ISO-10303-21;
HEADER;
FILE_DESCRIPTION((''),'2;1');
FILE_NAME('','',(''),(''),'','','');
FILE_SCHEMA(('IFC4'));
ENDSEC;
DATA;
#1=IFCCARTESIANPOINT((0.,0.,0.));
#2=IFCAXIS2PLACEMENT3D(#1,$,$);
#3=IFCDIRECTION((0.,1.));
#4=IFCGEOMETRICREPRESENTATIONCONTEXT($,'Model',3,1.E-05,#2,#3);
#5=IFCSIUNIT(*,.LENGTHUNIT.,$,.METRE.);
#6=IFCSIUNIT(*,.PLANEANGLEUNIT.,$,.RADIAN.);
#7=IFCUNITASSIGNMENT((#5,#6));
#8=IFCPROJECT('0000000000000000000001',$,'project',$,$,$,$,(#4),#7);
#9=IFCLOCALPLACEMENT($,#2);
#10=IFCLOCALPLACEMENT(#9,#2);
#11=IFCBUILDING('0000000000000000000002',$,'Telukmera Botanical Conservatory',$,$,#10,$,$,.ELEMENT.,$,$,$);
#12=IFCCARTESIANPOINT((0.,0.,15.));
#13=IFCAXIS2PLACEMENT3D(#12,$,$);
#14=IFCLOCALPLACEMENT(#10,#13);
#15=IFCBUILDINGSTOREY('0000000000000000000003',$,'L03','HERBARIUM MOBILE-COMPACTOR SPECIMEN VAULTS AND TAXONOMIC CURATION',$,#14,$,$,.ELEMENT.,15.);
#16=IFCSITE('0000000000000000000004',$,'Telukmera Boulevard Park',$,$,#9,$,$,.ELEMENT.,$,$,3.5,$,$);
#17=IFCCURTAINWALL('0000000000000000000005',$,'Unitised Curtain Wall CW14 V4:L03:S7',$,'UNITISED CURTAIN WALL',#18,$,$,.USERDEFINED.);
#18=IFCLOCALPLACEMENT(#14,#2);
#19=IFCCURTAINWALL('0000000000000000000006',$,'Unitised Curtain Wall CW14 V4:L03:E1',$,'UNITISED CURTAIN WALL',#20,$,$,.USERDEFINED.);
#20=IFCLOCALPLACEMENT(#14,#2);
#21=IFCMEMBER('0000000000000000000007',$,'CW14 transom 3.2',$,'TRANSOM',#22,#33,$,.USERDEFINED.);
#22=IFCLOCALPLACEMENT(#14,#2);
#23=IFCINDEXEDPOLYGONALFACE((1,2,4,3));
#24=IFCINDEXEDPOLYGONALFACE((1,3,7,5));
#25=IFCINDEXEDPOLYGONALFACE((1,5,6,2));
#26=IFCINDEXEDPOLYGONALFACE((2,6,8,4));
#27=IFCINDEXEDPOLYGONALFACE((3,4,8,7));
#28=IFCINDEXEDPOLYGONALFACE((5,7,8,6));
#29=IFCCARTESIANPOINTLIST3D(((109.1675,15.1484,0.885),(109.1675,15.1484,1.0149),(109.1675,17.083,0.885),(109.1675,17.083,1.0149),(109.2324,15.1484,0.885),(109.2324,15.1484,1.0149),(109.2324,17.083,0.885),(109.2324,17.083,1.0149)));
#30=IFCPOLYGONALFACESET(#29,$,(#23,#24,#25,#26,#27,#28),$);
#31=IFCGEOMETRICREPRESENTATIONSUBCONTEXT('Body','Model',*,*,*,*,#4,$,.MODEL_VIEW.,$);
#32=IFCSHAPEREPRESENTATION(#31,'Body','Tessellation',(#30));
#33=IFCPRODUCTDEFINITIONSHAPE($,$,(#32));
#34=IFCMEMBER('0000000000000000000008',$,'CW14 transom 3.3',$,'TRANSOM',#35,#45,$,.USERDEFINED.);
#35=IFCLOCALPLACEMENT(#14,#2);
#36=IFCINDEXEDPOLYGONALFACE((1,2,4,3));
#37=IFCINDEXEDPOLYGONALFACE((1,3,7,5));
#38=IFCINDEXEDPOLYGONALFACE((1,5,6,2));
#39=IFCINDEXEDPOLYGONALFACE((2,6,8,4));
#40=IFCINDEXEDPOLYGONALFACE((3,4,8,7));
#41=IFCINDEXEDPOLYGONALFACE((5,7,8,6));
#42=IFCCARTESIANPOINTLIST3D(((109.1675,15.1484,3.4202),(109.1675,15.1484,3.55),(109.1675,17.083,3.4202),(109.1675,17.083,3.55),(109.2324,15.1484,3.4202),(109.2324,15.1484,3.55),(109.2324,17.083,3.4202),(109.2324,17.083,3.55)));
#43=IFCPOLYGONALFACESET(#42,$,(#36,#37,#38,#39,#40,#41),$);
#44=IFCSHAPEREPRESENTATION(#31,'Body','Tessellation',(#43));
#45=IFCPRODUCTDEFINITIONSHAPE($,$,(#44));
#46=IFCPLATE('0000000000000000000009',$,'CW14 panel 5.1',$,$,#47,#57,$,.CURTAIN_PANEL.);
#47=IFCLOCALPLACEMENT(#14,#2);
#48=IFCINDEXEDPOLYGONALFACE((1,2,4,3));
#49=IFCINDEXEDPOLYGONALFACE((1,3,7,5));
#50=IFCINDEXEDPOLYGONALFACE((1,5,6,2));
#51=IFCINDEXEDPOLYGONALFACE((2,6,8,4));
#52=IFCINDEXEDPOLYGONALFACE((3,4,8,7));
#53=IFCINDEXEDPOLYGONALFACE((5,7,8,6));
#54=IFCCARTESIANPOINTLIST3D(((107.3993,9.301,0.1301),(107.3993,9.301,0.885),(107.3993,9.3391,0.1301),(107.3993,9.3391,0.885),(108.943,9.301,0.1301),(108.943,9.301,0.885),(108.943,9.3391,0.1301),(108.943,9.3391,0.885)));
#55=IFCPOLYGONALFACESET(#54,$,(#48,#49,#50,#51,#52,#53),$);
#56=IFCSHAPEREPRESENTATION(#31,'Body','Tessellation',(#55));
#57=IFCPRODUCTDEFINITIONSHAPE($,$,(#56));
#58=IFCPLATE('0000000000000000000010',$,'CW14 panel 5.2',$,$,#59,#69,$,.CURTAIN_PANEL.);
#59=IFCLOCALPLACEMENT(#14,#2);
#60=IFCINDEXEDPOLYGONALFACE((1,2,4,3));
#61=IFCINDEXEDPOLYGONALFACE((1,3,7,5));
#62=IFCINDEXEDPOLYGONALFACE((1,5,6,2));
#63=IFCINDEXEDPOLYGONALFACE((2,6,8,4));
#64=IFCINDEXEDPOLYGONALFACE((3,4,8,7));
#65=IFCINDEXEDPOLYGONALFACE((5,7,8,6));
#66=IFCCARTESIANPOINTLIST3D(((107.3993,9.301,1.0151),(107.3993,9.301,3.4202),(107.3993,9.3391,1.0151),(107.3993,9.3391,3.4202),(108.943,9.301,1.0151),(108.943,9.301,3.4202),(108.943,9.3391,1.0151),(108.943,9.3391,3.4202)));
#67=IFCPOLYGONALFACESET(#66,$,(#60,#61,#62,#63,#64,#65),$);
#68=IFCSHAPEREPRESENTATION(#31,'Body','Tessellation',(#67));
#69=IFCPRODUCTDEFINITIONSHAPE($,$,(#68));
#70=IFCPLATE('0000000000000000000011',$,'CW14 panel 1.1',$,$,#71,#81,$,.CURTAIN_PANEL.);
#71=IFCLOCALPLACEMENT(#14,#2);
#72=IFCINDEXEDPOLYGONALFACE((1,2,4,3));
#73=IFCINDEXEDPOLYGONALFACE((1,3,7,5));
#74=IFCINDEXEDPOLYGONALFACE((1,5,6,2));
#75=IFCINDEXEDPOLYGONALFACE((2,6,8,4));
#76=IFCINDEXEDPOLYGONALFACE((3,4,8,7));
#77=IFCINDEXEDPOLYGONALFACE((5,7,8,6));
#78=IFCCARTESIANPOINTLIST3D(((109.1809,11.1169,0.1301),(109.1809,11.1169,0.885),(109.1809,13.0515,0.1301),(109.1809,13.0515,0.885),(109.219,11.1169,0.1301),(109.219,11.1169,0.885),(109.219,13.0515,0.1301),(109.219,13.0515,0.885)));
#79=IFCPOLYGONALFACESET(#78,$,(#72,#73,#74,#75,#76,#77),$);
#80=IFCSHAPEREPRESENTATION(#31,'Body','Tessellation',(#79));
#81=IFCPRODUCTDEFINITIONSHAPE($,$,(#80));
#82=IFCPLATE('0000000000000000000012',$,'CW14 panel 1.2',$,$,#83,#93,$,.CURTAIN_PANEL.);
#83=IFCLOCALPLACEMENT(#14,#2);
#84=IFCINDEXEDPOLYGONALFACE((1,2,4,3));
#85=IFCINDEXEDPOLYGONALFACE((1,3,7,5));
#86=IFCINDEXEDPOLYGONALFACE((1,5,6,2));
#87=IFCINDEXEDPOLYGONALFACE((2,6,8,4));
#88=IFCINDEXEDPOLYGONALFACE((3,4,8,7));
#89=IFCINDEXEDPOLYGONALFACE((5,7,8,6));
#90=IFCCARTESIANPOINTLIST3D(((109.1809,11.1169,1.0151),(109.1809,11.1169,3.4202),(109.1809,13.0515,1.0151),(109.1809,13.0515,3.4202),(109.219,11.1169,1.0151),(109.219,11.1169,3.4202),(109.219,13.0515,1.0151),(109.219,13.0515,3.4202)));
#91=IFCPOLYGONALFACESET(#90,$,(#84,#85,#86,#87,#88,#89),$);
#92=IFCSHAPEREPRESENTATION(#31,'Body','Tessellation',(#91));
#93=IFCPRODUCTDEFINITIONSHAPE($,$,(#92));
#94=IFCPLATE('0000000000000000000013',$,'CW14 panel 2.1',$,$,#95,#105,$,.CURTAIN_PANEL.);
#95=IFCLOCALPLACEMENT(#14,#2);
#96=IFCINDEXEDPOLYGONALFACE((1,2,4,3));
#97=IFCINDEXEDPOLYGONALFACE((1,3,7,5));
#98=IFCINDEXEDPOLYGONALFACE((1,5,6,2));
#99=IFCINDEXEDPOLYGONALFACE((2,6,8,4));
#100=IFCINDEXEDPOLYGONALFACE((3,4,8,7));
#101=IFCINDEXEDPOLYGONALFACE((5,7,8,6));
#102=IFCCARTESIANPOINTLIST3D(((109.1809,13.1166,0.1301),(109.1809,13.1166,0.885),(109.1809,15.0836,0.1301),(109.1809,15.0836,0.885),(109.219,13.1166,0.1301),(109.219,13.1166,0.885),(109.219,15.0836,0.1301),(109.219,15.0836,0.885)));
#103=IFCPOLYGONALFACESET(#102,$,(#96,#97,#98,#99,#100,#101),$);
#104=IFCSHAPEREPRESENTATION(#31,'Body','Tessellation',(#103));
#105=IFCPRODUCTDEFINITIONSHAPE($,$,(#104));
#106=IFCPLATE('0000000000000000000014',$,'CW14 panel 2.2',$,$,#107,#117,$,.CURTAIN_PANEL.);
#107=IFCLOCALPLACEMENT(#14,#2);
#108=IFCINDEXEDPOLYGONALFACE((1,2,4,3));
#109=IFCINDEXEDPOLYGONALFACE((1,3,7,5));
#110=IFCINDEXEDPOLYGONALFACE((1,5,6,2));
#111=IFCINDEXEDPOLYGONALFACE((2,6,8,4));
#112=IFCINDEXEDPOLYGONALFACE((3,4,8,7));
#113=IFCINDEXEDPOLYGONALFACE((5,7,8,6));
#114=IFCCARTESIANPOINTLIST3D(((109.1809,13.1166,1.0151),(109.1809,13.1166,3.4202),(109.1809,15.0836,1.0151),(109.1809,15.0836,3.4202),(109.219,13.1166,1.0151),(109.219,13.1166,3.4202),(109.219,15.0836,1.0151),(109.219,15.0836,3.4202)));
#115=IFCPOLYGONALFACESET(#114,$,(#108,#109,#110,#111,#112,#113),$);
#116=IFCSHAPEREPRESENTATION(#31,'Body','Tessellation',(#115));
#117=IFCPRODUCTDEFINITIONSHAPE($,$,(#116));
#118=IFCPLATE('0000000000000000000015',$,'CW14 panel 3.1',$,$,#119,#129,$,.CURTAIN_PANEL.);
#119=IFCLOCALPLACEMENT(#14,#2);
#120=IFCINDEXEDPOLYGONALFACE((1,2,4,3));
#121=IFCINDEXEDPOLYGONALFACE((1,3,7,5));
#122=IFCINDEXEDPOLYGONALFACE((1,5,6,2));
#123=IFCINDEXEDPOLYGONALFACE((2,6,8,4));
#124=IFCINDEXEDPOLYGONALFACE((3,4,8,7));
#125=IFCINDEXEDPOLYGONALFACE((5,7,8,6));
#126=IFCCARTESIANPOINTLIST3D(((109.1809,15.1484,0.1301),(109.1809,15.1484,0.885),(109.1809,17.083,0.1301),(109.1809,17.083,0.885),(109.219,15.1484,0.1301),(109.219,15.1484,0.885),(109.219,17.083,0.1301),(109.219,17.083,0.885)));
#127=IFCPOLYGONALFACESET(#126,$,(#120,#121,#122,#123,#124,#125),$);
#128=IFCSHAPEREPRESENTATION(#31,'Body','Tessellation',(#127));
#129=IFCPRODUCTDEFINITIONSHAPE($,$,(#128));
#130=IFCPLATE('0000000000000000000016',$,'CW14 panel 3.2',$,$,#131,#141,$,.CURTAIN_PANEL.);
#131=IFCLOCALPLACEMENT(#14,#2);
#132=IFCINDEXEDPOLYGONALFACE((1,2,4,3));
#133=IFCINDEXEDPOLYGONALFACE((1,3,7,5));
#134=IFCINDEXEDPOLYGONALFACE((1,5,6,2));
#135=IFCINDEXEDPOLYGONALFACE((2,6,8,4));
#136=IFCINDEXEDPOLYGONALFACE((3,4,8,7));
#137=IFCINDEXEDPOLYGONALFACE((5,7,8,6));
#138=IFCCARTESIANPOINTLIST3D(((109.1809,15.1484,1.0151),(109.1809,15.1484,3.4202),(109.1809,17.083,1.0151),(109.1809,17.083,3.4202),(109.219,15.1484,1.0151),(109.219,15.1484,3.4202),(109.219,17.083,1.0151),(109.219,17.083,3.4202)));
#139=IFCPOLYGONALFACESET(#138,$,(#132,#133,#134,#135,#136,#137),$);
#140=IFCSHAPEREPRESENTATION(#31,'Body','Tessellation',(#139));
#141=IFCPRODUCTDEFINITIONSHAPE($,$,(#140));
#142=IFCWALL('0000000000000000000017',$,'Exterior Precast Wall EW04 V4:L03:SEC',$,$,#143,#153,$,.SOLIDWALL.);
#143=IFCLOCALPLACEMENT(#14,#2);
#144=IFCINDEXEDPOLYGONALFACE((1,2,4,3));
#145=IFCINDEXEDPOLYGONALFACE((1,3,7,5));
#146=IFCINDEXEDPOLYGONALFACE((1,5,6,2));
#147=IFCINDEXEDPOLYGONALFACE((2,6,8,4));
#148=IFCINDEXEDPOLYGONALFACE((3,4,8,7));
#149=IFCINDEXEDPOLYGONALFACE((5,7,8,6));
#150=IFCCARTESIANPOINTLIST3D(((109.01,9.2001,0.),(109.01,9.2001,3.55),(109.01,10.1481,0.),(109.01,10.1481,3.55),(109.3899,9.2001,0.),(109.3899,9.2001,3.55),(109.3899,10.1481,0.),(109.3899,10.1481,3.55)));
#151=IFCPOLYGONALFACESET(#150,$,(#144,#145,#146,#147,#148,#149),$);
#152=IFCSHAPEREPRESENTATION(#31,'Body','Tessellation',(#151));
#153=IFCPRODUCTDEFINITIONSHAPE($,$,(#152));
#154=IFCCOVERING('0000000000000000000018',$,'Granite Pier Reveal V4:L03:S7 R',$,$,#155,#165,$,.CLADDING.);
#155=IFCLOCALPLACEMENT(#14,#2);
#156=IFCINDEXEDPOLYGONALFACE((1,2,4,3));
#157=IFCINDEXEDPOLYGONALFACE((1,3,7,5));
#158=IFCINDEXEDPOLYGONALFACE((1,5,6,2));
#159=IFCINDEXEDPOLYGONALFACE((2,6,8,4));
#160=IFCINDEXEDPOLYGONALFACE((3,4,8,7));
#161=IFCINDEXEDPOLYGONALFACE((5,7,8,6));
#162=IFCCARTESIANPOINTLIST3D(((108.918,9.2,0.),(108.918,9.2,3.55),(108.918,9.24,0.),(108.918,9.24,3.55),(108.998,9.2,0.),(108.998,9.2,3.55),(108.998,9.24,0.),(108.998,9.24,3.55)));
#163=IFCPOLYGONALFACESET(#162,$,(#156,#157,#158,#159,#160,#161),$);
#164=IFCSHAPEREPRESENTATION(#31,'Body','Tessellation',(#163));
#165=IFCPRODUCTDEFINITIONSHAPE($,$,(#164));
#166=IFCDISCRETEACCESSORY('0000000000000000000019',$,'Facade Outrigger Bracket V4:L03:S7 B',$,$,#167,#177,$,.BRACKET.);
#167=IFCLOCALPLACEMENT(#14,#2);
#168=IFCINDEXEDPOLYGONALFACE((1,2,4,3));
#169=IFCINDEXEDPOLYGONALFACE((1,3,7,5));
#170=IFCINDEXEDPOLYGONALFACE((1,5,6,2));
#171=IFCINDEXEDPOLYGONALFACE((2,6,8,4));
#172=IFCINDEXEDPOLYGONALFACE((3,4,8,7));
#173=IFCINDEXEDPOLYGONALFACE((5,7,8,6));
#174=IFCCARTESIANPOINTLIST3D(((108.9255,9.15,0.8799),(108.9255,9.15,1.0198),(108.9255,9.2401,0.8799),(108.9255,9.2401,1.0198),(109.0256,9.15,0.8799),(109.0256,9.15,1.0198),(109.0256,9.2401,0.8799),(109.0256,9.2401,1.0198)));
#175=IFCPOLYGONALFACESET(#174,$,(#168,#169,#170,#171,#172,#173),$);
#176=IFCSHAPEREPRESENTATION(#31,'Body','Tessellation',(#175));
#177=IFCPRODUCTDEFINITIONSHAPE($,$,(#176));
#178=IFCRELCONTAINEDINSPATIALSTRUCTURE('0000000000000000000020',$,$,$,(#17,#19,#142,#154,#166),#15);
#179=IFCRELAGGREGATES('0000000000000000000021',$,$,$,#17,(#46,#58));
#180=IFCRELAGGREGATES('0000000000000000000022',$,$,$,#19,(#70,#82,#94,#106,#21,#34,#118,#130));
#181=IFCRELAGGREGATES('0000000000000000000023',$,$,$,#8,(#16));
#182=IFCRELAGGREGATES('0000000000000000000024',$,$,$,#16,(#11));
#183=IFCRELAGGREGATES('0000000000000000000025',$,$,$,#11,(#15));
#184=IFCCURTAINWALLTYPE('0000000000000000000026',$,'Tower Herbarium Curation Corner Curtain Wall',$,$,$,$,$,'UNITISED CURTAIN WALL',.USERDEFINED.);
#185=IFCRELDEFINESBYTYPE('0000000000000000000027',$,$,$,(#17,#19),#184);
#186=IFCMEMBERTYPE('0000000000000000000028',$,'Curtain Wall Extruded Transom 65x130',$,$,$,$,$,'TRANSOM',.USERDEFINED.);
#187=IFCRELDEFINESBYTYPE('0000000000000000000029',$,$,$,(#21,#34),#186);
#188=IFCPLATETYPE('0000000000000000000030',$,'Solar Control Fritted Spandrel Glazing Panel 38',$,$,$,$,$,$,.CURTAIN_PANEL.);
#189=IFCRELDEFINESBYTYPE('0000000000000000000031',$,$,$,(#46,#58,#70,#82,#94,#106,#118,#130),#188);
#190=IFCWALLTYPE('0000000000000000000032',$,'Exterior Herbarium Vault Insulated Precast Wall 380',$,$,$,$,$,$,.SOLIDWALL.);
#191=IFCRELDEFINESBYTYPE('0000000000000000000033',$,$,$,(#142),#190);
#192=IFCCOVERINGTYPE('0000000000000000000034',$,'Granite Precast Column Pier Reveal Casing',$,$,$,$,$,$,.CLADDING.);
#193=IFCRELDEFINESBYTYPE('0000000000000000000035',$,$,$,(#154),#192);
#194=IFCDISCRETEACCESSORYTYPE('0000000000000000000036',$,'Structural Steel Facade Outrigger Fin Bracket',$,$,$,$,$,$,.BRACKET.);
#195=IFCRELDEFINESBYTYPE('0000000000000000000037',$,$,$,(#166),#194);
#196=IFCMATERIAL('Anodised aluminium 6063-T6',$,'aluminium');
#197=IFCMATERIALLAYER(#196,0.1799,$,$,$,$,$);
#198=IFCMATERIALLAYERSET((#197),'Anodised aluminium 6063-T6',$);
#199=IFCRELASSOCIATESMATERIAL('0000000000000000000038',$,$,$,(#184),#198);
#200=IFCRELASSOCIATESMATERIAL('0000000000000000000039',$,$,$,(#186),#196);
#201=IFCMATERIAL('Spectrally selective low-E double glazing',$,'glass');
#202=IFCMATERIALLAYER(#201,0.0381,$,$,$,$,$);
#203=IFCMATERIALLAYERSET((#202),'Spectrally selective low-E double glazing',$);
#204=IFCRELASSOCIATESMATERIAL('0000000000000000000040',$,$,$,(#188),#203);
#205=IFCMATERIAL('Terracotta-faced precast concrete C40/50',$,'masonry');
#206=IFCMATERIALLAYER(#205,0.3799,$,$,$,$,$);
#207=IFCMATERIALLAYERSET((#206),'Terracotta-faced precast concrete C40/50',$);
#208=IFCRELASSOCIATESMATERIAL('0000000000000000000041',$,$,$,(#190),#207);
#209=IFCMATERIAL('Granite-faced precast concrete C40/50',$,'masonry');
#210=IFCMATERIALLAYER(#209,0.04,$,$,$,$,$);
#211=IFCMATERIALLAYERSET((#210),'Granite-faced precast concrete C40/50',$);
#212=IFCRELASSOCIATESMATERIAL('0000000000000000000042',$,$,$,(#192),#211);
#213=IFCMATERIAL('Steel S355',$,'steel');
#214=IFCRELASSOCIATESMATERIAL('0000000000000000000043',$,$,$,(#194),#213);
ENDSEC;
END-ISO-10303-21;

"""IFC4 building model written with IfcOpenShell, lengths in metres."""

from ifc_helpers import new_model, si_unit, direction, frame, frame_2d, origin, origin_2d, place, context, subcontext, project, spatial, rectangle, extrude, material, layer, layer_set, material_profile, profile_set, type_object, element, aggregate, save


model = new_model("IFC4")

# Units and contexts
model_context = context("Model", 3, precision=1e-05, world=origin(), true_north=direction((0.0, 1.0)))
body_context = subcontext(model_context, "Body", "Model", "MODEL_VIEW")
ifc_project = project(units=[si_unit("LENGTHUNIT", "METRE"), si_unit("PLANEANGLEUNIT", "RADIAN")], contexts=[model_context])

# Site, building, storey
site_placement = place(None, origin())
site = spatial("IfcSite", under=ifc_project, at=site_placement, Name="Telukmera Boulevard Park", CompositionType="ELEMENT", RefElevation=3.5)
building_placement = place(site_placement, origin())
building = spatial("IfcBuilding", under=site, at=building_placement, Name="Telukmera Botanical Conservatory", CompositionType="ELEMENT")
storey_placement = place(building_placement, frame((0.0, 0.0, 15.0)))
storey = spatial("IfcBuildingStorey", under=building, at=storey_placement, Name="L03", Description="HERBARIUM MOBILE-COMPACTOR SPECIMEN VAULTS AND TAXONOMIC CURATION", CompositionType="ELEMENT", Elevation=15.0)

# Curtain wall
ifc_material_1 = material(Name="Anodised aluminium 6063-T6", Category="aluminium")
ifc_layer_1 = layer(ifc_material_1, 0.1799)
ifc_layer_set_1 = layer_set([ifc_layer_1], Name="Anodised aluminium 6063-T6")
curtain_wall_type = type_object("IfcCurtainWallType", Name="Tower Herbarium Curation Corner Curtain Wall", ElementType="UNITISED CURTAIN WALL", PredefinedType="USERDEFINED", material=ifc_layer_set_1)
curtain_wall_1_placement = place(storey_placement, origin())
curtain_wall_1 = element("IfcCurtainWall", 1, at=curtain_wall_1_placement, inside=storey, type_object=curtain_wall_type, Name="Unitised Curtain Wall CW14 V4:L03:S7", ObjectType="UNITISED CURTAIN WALL", PredefinedType="USERDEFINED")

# Curtain wall
curtain_wall_2_placement = place(storey_placement, origin())
curtain_wall_2 = element("IfcCurtainWall", 2, at=curtain_wall_2_placement, inside=storey, type_object=curtain_wall_type, Name="Unitised Curtain Wall CW14 V4:L03:E1", ObjectType="UNITISED CURTAIN WALL", PredefinedType="USERDEFINED")

# Members
ifc_material_profile_1 = material_profile(ifc_material_1, rectangle(XDim=0.0649, YDim=0.1299, at=origin_2d()), Name="ALU TRAN 65x130")
ifc_profile_set_1 = profile_set([ifc_material_profile_1], Name="Anodised aluminium 6063-T6")
member_type_1 = type_object("IfcMemberType", Name="Curtain Wall Extruded Transom 65x130", ElementType="TRANSOM", PredefinedType="USERDEFINED", material=ifc_profile_set_1)
member_1_placement = place(storey_placement, frame((109.2, 15.1484, 0.95), z_axis=(0.0, 1.0, 0.0), x_axis=(-1.0, 0.0, 0.0)))
member_1 = element("IfcMember", 3, at=member_1_placement, type_object=member_type_1, Name="CW14 transom 3.2", ObjectType="TRANSOM", PredefinedType="USERDEFINED", context=body_context, shape_type="SweptSolid", body=[
    extrude(rectangle(XDim=0.0649, YDim=0.1299, at=origin_2d()), origin(), (0.0, 0.0, 1.0), 1.9346),
])
member_2_placement = place(storey_placement, frame((109.2, 15.1484, 3.4851), z_axis=(0.0, 1.0, 0.0), x_axis=(-1.0, 0.0, 0.0)))
member_2 = element("IfcMember", 4, at=member_2_placement, type_object=member_type_1, Name="CW14 transom 3.3", ObjectType="TRANSOM", PredefinedType="USERDEFINED", context=body_context, shape_type="SweptSolid", body=[
    extrude(rectangle(XDim=0.0649, YDim=0.1299, at=origin_2d()), origin(), (0.0, 0.0, 1.0), 1.9346),
])

# Plates
ifc_material_2 = material(Name="Spectrally selective low-E double glazing", Category="glass")
ifc_layer_2 = layer(ifc_material_2, 0.0381)
ifc_layer_set_2 = layer_set([ifc_layer_2], Name="Spectrally selective low-E double glazing")
plate_type = type_object("IfcPlateType", Name="Solar Control Fritted Spandrel Glazing Panel 38", PredefinedType="CURTAIN_PANEL", material=ifc_layer_set_2)
plate_1_placement = place(storey_placement, frame((108.1711, 9.3201, 0.1301), z_axis=(0.0, 0.0, 1.0), x_axis=(1.0, 0.0, 0.0)))
plate_1 = element("IfcPlate", 5, at=plate_1_placement, type_object=plate_type, Name="CW14 panel 5.1", PredefinedType="CURTAIN_PANEL", context=body_context, shape_type="SweptSolid", body=[
    extrude(rectangle(XDim=1.5437, YDim=0.0381, at=origin_2d()), origin(), (0.0, 0.0, 1.0), 0.7549),
])
plate_2_placement = place(storey_placement, frame((108.1711, 9.3201, 1.0151), z_axis=(0.0, 0.0, 1.0), x_axis=(1.0, 0.0, 0.0)))
plate_2 = element("IfcPlate", 6, at=plate_2_placement, type_object=plate_type, Name="CW14 panel 5.2", PredefinedType="CURTAIN_PANEL", context=body_context, shape_type="SweptSolid", body=[
    extrude(rectangle(XDim=1.5437, YDim=0.0381, at=origin_2d()), origin(), (0.0, 0.0, 1.0), 2.405),
])
aggregate(curtain_wall_1, [plate_1, plate_2])
plate_3_placement = place(storey_placement, frame((109.2, 12.0842, 0.1301), z_axis=(0.0, 0.0, 1.0), x_axis=(0.0, 1.0, 0.0)))
plate_3 = element("IfcPlate", 7, at=plate_3_placement, type_object=plate_type, Name="CW14 panel 1.1", PredefinedType="CURTAIN_PANEL", context=body_context, shape_type="SweptSolid", body=[
    extrude(rectangle(XDim=1.9346, YDim=0.0381, at=origin_2d()), origin(), (0.0, 0.0, 1.0), 0.7549),
])
plate_4_placement = place(storey_placement, frame((109.2, 12.0842, 1.0151), z_axis=(0.0, 0.0, 1.0), x_axis=(0.0, 1.0, 0.0)))
plate_4 = element("IfcPlate", 8, at=plate_4_placement, type_object=plate_type, Name="CW14 panel 1.2", PredefinedType="CURTAIN_PANEL", context=body_context, shape_type="SweptSolid", body=[
    extrude(rectangle(XDim=1.9346, YDim=0.0381, at=origin_2d()), origin(), (0.0, 0.0, 1.0), 2.405),
])
plate_5_placement = place(storey_placement, frame((109.2, 14.1001, 0.1301), z_axis=(0.0, 0.0, 1.0), x_axis=(0.0, 1.0, 0.0)))
plate_5 = element("IfcPlate", 9, at=plate_5_placement, type_object=plate_type, Name="CW14 panel 2.1", PredefinedType="CURTAIN_PANEL", context=body_context, shape_type="SweptSolid", body=[
    extrude(rectangle(XDim=1.967, YDim=0.0381, at=origin_2d()), origin(), (0.0, 0.0, 1.0), 0.7549),
])
plate_6_placement = place(storey_placement, frame((109.2, 14.1001, 1.0151), z_axis=(0.0, 0.0, 1.0), x_axis=(0.0, 1.0, 0.0)))
plate_6 = element("IfcPlate", 10, at=plate_6_placement, type_object=plate_type, Name="CW14 panel 2.2", PredefinedType="CURTAIN_PANEL", context=body_context, shape_type="SweptSolid", body=[
    extrude(rectangle(XDim=1.967, YDim=0.0381, at=origin_2d()), origin(), (0.0, 0.0, 1.0), 2.405),
])
plate_7_placement = place(storey_placement, frame((109.2, 16.1157, 0.1301), z_axis=(0.0, 0.0, 1.0), x_axis=(0.0, 1.0, 0.0)))
plate_7 = element("IfcPlate", 11, at=plate_7_placement, type_object=plate_type, Name="CW14 panel 3.1", PredefinedType="CURTAIN_PANEL", context=body_context, shape_type="SweptSolid", body=[
    extrude(rectangle(XDim=1.9346, YDim=0.0381, at=origin_2d()), origin(), (0.0, 0.0, 1.0), 0.7549),
])
plate_8_placement = place(storey_placement, frame((109.2, 16.1157, 1.0151), z_axis=(0.0, 0.0, 1.0), x_axis=(0.0, 1.0, 0.0)))
plate_8 = element("IfcPlate", 12, at=plate_8_placement, type_object=plate_type, Name="CW14 panel 3.2", PredefinedType="CURTAIN_PANEL", context=body_context, shape_type="SweptSolid", body=[
    extrude(rectangle(XDim=1.9346, YDim=0.0381, at=origin_2d()), origin(), (0.0, 0.0, 1.0), 2.405),
])
aggregate(curtain_wall_2, [plate_3, plate_4, plate_5, plate_6, member_1, member_2, plate_7, plate_8])

# Wall
ifc_material_3 = material(Name="Terracotta-faced precast concrete C40/50", Category="masonry")
ifc_layer_3 = layer(ifc_material_3, 0.3799)
ifc_layer_set_3 = layer_set([ifc_layer_3], Name="Terracotta-faced precast concrete C40/50")
wall_type = type_object("IfcWallType", Name="Exterior Herbarium Vault Insulated Precast Wall 380", PredefinedType="SOLIDWALL", material=ifc_layer_set_3)
wall_placement = place(storey_placement, frame((109.2, 9.2, 0.0), z_axis=(0.0, 0.0, 1.0), x_axis=(0.0, 1.0, 0.0)))
element("IfcWall", 13, at=wall_placement, inside=storey, type_object=wall_type, Name="Exterior Precast Wall EW04 V4:L03:SEC", PredefinedType="SOLIDWALL", context=body_context, shape_type="SweptSolid", body=[
    extrude(rectangle(XDim=0.948, YDim=0.3799, at=frame_2d((0.4741, 0.0))), origin(), (0.0, 0.0, 1.0), 3.55),
])

# Covering
ifc_material_4 = material(Name="Granite-faced precast concrete C40/50", Category="masonry")
ifc_layer_4 = layer(ifc_material_4, 0.04)
ifc_layer_set_4 = layer_set([ifc_layer_4], Name="Granite-faced precast concrete C40/50")
covering_type = type_object("IfcCoveringType", Name="Granite Precast Column Pier Reveal Casing", PredefinedType="CLADDING", material=ifc_layer_set_4)
covering_placement = place(storey_placement, frame((108.958, 9.22, 0.0), z_axis=(0.0, 0.0, 1.0), x_axis=(1.0, 0.0, 0.0)))
element("IfcCovering", 14, at=covering_placement, inside=storey, type_object=covering_type, Name="Granite Pier Reveal V4:L03:S7 R", PredefinedType="CLADDING", context=body_context, shape_type="SweptSolid", body=[
    extrude(rectangle(XDim=0.0801, YDim=0.04, at=origin_2d()), origin(), (0.0, 0.0, 1.0), 3.55),
])

# Discrete accessory
ifc_material_5 = material(Name="Steel S355", Category="steel")
discrete_accessory_type = type_object("IfcDiscreteAccessoryType", Name="Structural Steel Facade Outrigger Fin Bracket", PredefinedType="BRACKET", material=ifc_material_5)
discrete_accessory_placement = place(storey_placement, frame((108.9756, 9.1951, 0.8799), z_axis=(0.0, 0.0, 1.0), x_axis=(1.0, 0.0, 0.0)))
element("IfcDiscreteAccessory", 15, at=discrete_accessory_placement, inside=storey, type_object=discrete_accessory_type, Name="Facade Outrigger Bracket V4:L03:S7 B", PredefinedType="BRACKET", context=body_context, shape_type="SweptSolid", body=[
    extrude(rectangle(XDim=0.1001, YDim=0.0901, at=origin_2d()), origin(), (0.0, 0.0, 1.0), 0.1399),
])

save(model, "model.ifc")
